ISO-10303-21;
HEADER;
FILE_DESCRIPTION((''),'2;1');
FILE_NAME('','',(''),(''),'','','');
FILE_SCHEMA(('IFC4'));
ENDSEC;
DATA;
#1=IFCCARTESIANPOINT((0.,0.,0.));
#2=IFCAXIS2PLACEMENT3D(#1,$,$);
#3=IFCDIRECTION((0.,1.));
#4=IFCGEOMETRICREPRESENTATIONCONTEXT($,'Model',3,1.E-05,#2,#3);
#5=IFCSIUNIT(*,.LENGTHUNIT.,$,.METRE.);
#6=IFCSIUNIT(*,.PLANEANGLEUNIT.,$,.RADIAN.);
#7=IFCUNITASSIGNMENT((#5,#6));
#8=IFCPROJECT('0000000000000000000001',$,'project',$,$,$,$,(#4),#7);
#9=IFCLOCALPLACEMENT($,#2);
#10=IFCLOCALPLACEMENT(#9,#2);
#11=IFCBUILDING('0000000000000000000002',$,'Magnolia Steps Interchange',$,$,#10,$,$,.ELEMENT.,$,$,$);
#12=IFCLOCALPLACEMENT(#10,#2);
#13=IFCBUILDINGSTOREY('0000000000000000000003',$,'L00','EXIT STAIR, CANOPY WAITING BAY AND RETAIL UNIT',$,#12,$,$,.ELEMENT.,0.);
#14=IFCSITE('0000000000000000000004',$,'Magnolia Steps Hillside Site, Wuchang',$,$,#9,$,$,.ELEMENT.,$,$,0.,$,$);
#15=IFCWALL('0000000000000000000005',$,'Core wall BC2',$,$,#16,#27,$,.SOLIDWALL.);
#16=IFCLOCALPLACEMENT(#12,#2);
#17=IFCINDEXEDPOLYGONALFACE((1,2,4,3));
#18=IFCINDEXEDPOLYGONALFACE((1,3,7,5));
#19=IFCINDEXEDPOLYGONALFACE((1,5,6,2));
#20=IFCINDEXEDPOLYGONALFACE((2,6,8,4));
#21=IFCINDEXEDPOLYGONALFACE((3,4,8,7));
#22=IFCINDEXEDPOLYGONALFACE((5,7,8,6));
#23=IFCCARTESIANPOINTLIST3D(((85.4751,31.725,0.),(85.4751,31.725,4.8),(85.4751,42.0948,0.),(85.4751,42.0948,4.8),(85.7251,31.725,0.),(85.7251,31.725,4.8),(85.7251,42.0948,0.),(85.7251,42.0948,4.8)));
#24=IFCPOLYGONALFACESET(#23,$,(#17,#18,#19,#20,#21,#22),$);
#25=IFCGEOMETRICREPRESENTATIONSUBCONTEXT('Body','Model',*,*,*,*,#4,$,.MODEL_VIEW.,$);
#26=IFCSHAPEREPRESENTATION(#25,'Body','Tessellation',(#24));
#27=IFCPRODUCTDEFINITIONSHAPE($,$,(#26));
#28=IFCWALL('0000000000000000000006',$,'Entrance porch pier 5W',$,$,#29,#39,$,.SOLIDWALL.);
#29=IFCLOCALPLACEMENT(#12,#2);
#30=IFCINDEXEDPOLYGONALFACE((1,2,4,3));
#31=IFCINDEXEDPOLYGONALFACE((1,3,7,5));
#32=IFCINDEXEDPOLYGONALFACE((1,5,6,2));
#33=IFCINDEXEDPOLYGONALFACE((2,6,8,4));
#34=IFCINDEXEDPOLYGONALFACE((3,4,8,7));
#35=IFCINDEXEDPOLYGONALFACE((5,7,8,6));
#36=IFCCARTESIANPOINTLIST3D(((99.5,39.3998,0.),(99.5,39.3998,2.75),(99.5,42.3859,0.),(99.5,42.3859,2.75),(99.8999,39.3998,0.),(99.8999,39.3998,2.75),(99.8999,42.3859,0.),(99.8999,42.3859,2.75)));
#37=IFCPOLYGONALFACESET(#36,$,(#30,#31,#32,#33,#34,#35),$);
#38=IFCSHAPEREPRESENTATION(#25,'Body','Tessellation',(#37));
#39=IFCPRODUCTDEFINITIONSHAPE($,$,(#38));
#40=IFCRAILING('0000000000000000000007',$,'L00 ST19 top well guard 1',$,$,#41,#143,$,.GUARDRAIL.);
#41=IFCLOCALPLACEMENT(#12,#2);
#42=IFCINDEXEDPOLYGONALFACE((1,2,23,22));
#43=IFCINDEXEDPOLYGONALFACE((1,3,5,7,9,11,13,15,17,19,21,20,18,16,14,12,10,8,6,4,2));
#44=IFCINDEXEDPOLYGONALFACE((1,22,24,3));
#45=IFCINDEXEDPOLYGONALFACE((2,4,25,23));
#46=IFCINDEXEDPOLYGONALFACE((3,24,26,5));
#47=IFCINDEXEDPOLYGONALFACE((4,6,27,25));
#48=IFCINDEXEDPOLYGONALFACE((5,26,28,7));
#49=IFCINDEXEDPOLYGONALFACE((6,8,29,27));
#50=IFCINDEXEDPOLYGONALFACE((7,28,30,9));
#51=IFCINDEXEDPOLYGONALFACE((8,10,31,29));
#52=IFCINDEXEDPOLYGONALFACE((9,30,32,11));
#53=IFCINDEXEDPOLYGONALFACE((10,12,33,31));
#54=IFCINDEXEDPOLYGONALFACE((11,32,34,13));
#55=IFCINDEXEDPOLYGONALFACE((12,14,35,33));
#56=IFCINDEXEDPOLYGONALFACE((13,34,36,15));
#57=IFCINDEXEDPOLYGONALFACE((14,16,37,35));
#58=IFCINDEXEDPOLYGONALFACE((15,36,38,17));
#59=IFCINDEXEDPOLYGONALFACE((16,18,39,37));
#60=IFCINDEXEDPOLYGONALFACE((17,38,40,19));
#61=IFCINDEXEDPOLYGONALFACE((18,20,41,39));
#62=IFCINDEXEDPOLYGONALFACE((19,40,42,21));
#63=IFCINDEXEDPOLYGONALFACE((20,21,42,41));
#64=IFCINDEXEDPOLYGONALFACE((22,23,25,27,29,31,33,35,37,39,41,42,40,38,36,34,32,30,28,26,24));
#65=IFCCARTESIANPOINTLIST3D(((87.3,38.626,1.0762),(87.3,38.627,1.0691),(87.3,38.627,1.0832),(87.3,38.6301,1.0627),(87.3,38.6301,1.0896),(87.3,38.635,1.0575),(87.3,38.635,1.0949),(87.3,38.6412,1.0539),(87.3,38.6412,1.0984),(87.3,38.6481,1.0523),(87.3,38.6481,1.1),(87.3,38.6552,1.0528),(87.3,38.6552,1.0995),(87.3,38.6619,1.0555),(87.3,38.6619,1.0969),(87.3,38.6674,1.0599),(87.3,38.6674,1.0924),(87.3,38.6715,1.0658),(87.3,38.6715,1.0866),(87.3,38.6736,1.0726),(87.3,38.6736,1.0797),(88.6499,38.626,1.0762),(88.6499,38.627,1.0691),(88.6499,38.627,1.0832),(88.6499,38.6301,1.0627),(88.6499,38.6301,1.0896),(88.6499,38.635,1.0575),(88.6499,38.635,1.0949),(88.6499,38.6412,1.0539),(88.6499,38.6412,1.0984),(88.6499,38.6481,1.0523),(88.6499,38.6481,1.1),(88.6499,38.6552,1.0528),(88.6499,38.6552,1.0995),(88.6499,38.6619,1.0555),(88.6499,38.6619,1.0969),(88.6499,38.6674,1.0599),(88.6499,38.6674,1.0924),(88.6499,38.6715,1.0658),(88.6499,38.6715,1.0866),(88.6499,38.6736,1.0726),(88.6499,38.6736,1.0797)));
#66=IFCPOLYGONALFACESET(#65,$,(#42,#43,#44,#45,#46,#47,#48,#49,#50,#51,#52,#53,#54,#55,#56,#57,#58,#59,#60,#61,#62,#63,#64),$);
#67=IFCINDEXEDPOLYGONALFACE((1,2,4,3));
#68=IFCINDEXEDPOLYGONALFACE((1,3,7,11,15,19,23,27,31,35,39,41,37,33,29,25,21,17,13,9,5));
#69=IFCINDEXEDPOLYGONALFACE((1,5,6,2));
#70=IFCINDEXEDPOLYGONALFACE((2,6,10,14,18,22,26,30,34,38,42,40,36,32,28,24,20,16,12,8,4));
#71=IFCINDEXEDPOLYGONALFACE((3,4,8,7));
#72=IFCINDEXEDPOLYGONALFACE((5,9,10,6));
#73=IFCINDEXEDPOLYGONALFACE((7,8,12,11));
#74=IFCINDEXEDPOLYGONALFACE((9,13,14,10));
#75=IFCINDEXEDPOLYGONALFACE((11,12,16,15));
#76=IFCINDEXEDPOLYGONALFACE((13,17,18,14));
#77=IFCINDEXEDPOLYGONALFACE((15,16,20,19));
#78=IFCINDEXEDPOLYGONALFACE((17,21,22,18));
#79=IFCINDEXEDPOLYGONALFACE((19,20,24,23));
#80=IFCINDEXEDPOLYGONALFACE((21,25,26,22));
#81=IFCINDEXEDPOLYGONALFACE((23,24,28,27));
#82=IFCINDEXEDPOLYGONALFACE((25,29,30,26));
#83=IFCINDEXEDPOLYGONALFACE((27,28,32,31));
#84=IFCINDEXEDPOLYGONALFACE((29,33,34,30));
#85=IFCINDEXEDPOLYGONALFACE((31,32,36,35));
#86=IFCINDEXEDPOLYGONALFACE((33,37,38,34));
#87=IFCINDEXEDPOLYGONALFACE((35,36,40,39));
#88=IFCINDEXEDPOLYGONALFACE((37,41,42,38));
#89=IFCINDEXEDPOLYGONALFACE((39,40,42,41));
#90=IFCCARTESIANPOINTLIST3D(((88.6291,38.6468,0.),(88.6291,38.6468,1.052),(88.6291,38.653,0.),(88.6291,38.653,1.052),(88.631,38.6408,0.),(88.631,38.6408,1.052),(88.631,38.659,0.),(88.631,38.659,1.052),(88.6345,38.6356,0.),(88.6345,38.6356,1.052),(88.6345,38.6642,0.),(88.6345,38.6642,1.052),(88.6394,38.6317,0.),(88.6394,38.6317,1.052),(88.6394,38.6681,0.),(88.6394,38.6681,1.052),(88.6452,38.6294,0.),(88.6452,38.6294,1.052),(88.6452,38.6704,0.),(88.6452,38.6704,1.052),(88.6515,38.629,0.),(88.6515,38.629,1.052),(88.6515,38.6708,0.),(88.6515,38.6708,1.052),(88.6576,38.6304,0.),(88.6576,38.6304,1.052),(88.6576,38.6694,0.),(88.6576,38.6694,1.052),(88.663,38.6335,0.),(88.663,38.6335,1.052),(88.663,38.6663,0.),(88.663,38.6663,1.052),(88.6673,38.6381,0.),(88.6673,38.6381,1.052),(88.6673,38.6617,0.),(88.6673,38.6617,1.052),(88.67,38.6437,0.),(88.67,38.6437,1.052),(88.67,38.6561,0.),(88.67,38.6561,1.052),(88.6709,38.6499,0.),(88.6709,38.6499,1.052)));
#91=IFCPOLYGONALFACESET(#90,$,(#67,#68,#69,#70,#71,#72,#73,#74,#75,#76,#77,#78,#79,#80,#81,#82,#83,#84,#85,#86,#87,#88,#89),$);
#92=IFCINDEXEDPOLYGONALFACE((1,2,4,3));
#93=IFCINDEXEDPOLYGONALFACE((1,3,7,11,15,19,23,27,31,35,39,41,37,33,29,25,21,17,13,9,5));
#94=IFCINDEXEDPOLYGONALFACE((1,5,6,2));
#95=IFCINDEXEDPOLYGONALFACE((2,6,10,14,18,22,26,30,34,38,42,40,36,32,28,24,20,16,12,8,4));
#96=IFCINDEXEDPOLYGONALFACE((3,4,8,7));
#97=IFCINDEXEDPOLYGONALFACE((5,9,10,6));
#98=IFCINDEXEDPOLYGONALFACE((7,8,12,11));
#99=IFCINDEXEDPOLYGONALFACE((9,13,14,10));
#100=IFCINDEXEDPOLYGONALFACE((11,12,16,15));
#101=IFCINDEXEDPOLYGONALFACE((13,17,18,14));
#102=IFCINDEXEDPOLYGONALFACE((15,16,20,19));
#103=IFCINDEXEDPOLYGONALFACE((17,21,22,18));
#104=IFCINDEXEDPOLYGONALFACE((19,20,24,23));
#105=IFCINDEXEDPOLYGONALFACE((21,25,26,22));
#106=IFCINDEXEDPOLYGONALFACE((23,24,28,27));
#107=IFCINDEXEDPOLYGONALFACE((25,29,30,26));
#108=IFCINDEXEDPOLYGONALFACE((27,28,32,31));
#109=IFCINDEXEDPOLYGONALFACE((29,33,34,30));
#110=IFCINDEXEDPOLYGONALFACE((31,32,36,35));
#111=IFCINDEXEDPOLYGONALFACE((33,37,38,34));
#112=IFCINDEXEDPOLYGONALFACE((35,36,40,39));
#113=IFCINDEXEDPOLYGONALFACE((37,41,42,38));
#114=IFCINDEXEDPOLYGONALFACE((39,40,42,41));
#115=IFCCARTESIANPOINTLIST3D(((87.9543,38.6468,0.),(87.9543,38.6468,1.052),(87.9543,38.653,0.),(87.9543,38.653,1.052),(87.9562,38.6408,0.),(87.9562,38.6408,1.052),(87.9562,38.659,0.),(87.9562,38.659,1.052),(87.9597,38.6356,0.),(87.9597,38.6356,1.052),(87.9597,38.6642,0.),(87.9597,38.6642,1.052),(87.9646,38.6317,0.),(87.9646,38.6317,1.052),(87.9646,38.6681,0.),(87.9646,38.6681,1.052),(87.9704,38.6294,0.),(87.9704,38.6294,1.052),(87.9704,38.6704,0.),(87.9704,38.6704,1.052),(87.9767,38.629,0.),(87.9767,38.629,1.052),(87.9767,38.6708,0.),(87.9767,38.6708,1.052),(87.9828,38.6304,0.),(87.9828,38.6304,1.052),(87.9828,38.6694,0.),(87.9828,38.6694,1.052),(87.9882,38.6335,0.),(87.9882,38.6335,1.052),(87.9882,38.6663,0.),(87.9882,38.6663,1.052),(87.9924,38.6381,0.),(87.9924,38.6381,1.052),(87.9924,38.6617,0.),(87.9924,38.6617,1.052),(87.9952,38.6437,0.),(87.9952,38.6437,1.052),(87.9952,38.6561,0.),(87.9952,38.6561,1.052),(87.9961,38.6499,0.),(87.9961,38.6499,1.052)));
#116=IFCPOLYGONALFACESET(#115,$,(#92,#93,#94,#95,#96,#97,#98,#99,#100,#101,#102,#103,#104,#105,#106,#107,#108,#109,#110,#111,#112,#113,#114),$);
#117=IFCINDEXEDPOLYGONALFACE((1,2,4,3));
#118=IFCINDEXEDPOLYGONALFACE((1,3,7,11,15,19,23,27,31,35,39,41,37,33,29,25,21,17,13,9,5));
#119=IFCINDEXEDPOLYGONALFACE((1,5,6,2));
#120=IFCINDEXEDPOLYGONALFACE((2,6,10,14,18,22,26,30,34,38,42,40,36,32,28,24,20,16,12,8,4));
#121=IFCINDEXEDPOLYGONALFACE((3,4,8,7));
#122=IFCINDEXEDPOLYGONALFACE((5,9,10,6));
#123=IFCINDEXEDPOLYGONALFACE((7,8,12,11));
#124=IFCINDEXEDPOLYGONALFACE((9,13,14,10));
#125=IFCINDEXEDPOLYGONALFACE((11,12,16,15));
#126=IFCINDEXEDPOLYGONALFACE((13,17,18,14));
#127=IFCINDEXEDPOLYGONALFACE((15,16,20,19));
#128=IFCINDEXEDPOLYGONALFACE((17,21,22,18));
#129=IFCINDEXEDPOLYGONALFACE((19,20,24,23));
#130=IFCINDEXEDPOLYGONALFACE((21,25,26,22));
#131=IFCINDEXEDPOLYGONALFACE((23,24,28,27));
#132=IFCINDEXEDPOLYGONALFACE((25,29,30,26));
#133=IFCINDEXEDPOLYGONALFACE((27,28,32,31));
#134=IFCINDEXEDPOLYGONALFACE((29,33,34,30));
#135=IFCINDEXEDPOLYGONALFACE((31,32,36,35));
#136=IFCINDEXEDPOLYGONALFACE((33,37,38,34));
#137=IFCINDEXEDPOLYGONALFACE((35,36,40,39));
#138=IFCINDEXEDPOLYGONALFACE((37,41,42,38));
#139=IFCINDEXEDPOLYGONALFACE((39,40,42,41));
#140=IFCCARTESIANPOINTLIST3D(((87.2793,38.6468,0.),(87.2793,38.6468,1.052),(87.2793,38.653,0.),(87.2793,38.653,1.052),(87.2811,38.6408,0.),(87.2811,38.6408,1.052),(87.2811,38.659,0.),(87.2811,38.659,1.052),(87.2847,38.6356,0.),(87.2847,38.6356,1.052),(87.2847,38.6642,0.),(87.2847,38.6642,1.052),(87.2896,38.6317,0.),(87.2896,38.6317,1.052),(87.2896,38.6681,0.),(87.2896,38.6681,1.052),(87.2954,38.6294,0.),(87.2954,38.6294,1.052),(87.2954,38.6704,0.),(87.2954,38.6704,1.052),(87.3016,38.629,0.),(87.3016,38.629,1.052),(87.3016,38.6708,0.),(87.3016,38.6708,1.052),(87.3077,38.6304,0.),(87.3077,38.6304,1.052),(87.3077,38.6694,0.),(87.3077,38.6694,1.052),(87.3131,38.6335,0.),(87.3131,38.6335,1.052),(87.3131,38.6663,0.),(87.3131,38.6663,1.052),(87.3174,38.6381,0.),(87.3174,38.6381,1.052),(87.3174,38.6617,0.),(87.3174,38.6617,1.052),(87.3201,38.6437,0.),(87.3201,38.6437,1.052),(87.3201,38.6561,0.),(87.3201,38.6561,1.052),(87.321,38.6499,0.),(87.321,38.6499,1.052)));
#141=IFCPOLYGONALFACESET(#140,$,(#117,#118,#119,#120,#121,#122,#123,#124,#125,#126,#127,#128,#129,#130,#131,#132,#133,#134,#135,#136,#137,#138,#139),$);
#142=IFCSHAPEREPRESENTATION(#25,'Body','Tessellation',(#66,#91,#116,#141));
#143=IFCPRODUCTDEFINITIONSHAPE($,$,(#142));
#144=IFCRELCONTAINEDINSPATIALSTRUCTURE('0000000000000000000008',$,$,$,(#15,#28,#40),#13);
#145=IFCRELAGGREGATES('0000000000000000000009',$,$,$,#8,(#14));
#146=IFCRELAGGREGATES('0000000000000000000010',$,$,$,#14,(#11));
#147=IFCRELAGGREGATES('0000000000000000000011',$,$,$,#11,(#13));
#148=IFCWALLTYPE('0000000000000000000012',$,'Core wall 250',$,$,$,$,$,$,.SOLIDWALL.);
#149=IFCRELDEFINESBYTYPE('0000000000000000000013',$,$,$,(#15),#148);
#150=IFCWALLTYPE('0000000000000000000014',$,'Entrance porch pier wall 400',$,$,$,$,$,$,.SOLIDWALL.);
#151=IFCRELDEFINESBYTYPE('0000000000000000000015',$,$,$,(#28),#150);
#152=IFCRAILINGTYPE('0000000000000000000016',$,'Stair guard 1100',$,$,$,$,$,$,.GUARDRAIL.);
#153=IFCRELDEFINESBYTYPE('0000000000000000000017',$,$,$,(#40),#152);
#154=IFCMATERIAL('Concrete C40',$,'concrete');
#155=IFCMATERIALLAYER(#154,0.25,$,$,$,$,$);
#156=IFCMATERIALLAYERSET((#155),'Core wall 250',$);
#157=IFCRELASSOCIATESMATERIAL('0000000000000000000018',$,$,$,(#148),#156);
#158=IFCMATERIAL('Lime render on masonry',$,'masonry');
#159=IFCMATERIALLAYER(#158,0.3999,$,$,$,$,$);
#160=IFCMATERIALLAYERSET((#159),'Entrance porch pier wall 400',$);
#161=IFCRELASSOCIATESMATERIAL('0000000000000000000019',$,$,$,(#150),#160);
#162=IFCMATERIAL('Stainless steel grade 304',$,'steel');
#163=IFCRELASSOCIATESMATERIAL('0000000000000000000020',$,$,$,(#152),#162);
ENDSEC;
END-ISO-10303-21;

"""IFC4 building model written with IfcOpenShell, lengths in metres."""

from ifc_helpers import new_model, si_unit, direction, frame, frame_2d, origin, origin_2d, place, context, subcontext, project, spatial, rectangle, circle, extrude, material, layer, layer_set, type_object, element, save


model = new_model("IFC4")

# Units and contexts
model_context = context("Model", 3, precision=1e-05, world=origin(), true_north=direction((0.0, 1.0)))
body_context = subcontext(model_context, "Body", "Model", "MODEL_VIEW")
ifc_project = project(units=[si_unit("LENGTHUNIT", "METRE"), si_unit("PLANEANGLEUNIT", "RADIAN")], contexts=[model_context])

# Site, building, storey
site_placement = place(None, origin())
site = spatial("IfcSite", under=ifc_project, at=site_placement, Name="Magnolia Steps Hillside Site, Wuchang", CompositionType="ELEMENT", RefElevation=0.0)
building_placement = place(site_placement, origin())
building = spatial("IfcBuilding", under=site, at=building_placement, Name="Magnolia Steps Interchange", CompositionType="ELEMENT")
storey_placement = place(building_placement, origin())
storey = spatial("IfcBuildingStorey", under=building, at=storey_placement, Name="L00", Description="EXIT STAIR, CANOPY WAITING BAY AND RETAIL UNIT", CompositionType="ELEMENT", Elevation=0.0)

# Walls
ifc_material_1 = material(Name="Concrete C40", Category="concrete")
ifc_layer_1 = layer(ifc_material_1, 0.25)
ifc_layer_set_1 = layer_set([ifc_layer_1], Name="Core wall 250")
wall_type_1 = type_object("IfcWallType", Name="Core wall 250", PredefinedType="SOLIDWALL", material=ifc_layer_set_1)
wall_1_placement = place(storey_placement, frame((85.6001, 42.095, 0.0), z_axis=(0.0, 0.0, 1.0), x_axis=(0.0, -1.0, 0.0)))
element("IfcWall", 1, at=wall_1_placement, inside=storey, type_object=wall_type_1, Name="Core wall BC2", PredefinedType="SOLIDWALL", context=body_context, shape_type="SweptSolid", body=[
    extrude(rectangle(XDim=10.3699, YDim=0.25, at=frame_2d((5.1851, 0.0))), origin(), (0.0, 0.0, 1.0), 4.8),
])
ifc_material_2 = material(Name="Lime render on masonry", Category="masonry")
ifc_layer_2 = layer(ifc_material_2, 0.3999)
ifc_layer_set_2 = layer_set([ifc_layer_2], Name="Entrance porch pier wall 400")
wall_type_2 = type_object("IfcWallType", Name="Entrance porch pier wall 400", PredefinedType="SOLIDWALL", material=ifc_layer_set_2)
wall_2_placement = place(storey_placement, frame((99.7, 42.386, 0.0), z_axis=(0.0, 0.0, 1.0), x_axis=(0.0, -1.0, 0.0)))
element("IfcWall", 2, at=wall_2_placement, inside=storey, type_object=wall_type_2, Name="Entrance porch pier 5W", PredefinedType="SOLIDWALL", context=body_context, shape_type="SweptSolid", body=[
    extrude(rectangle(XDim=2.9861, YDim=0.3999, at=frame_2d((1.4932, 0.0))), origin(), (0.0, 0.0, 1.0), 2.75),
])

# Railing
ifc_material_3 = material(Name="Stainless steel grade 304", Category="steel")
railing_type = type_object("IfcRailingType", Name="Stair guard 1100", PredefinedType="GUARDRAIL", material=ifc_material_3)
for number, where, name in (
    (3, (88.6499, 38.6499, 0.0), "L00 ST19 top well guard 1"),
):
    element("IfcRailing", number, at=place(storey_placement, frame(where)), inside=storey, type_object=railing_type, Name=name, PredefinedType="GUARDRAIL", context=body_context, shape_type="SweptSolid", body=[
        extrude(circle(Radius=0.0239, at=origin_2d()), frame((0.0, 0.0, 1.0762), z_axis=(-1.0, 0.0, 0.0), x_axis=(0.0, -1.0, 0.0)), (0.0, 0.0, 1.0), 1.3499),
        extrude(circle(Radius=0.021, at=origin_2d()), origin(), (0.0, 0.0, 1.0), 1.052),
        extrude(circle(Radius=0.021, at=origin_2d()), frame((-0.6748, 0.0, 0.0)), (0.0, 0.0, 1.0), 1.052),
        extrude(circle(Radius=0.021, at=origin_2d()), frame((-1.3499, 0.0, 0.0)), (0.0, 0.0, 1.0), 1.052),
    ])

save(model, "model.ifc")
